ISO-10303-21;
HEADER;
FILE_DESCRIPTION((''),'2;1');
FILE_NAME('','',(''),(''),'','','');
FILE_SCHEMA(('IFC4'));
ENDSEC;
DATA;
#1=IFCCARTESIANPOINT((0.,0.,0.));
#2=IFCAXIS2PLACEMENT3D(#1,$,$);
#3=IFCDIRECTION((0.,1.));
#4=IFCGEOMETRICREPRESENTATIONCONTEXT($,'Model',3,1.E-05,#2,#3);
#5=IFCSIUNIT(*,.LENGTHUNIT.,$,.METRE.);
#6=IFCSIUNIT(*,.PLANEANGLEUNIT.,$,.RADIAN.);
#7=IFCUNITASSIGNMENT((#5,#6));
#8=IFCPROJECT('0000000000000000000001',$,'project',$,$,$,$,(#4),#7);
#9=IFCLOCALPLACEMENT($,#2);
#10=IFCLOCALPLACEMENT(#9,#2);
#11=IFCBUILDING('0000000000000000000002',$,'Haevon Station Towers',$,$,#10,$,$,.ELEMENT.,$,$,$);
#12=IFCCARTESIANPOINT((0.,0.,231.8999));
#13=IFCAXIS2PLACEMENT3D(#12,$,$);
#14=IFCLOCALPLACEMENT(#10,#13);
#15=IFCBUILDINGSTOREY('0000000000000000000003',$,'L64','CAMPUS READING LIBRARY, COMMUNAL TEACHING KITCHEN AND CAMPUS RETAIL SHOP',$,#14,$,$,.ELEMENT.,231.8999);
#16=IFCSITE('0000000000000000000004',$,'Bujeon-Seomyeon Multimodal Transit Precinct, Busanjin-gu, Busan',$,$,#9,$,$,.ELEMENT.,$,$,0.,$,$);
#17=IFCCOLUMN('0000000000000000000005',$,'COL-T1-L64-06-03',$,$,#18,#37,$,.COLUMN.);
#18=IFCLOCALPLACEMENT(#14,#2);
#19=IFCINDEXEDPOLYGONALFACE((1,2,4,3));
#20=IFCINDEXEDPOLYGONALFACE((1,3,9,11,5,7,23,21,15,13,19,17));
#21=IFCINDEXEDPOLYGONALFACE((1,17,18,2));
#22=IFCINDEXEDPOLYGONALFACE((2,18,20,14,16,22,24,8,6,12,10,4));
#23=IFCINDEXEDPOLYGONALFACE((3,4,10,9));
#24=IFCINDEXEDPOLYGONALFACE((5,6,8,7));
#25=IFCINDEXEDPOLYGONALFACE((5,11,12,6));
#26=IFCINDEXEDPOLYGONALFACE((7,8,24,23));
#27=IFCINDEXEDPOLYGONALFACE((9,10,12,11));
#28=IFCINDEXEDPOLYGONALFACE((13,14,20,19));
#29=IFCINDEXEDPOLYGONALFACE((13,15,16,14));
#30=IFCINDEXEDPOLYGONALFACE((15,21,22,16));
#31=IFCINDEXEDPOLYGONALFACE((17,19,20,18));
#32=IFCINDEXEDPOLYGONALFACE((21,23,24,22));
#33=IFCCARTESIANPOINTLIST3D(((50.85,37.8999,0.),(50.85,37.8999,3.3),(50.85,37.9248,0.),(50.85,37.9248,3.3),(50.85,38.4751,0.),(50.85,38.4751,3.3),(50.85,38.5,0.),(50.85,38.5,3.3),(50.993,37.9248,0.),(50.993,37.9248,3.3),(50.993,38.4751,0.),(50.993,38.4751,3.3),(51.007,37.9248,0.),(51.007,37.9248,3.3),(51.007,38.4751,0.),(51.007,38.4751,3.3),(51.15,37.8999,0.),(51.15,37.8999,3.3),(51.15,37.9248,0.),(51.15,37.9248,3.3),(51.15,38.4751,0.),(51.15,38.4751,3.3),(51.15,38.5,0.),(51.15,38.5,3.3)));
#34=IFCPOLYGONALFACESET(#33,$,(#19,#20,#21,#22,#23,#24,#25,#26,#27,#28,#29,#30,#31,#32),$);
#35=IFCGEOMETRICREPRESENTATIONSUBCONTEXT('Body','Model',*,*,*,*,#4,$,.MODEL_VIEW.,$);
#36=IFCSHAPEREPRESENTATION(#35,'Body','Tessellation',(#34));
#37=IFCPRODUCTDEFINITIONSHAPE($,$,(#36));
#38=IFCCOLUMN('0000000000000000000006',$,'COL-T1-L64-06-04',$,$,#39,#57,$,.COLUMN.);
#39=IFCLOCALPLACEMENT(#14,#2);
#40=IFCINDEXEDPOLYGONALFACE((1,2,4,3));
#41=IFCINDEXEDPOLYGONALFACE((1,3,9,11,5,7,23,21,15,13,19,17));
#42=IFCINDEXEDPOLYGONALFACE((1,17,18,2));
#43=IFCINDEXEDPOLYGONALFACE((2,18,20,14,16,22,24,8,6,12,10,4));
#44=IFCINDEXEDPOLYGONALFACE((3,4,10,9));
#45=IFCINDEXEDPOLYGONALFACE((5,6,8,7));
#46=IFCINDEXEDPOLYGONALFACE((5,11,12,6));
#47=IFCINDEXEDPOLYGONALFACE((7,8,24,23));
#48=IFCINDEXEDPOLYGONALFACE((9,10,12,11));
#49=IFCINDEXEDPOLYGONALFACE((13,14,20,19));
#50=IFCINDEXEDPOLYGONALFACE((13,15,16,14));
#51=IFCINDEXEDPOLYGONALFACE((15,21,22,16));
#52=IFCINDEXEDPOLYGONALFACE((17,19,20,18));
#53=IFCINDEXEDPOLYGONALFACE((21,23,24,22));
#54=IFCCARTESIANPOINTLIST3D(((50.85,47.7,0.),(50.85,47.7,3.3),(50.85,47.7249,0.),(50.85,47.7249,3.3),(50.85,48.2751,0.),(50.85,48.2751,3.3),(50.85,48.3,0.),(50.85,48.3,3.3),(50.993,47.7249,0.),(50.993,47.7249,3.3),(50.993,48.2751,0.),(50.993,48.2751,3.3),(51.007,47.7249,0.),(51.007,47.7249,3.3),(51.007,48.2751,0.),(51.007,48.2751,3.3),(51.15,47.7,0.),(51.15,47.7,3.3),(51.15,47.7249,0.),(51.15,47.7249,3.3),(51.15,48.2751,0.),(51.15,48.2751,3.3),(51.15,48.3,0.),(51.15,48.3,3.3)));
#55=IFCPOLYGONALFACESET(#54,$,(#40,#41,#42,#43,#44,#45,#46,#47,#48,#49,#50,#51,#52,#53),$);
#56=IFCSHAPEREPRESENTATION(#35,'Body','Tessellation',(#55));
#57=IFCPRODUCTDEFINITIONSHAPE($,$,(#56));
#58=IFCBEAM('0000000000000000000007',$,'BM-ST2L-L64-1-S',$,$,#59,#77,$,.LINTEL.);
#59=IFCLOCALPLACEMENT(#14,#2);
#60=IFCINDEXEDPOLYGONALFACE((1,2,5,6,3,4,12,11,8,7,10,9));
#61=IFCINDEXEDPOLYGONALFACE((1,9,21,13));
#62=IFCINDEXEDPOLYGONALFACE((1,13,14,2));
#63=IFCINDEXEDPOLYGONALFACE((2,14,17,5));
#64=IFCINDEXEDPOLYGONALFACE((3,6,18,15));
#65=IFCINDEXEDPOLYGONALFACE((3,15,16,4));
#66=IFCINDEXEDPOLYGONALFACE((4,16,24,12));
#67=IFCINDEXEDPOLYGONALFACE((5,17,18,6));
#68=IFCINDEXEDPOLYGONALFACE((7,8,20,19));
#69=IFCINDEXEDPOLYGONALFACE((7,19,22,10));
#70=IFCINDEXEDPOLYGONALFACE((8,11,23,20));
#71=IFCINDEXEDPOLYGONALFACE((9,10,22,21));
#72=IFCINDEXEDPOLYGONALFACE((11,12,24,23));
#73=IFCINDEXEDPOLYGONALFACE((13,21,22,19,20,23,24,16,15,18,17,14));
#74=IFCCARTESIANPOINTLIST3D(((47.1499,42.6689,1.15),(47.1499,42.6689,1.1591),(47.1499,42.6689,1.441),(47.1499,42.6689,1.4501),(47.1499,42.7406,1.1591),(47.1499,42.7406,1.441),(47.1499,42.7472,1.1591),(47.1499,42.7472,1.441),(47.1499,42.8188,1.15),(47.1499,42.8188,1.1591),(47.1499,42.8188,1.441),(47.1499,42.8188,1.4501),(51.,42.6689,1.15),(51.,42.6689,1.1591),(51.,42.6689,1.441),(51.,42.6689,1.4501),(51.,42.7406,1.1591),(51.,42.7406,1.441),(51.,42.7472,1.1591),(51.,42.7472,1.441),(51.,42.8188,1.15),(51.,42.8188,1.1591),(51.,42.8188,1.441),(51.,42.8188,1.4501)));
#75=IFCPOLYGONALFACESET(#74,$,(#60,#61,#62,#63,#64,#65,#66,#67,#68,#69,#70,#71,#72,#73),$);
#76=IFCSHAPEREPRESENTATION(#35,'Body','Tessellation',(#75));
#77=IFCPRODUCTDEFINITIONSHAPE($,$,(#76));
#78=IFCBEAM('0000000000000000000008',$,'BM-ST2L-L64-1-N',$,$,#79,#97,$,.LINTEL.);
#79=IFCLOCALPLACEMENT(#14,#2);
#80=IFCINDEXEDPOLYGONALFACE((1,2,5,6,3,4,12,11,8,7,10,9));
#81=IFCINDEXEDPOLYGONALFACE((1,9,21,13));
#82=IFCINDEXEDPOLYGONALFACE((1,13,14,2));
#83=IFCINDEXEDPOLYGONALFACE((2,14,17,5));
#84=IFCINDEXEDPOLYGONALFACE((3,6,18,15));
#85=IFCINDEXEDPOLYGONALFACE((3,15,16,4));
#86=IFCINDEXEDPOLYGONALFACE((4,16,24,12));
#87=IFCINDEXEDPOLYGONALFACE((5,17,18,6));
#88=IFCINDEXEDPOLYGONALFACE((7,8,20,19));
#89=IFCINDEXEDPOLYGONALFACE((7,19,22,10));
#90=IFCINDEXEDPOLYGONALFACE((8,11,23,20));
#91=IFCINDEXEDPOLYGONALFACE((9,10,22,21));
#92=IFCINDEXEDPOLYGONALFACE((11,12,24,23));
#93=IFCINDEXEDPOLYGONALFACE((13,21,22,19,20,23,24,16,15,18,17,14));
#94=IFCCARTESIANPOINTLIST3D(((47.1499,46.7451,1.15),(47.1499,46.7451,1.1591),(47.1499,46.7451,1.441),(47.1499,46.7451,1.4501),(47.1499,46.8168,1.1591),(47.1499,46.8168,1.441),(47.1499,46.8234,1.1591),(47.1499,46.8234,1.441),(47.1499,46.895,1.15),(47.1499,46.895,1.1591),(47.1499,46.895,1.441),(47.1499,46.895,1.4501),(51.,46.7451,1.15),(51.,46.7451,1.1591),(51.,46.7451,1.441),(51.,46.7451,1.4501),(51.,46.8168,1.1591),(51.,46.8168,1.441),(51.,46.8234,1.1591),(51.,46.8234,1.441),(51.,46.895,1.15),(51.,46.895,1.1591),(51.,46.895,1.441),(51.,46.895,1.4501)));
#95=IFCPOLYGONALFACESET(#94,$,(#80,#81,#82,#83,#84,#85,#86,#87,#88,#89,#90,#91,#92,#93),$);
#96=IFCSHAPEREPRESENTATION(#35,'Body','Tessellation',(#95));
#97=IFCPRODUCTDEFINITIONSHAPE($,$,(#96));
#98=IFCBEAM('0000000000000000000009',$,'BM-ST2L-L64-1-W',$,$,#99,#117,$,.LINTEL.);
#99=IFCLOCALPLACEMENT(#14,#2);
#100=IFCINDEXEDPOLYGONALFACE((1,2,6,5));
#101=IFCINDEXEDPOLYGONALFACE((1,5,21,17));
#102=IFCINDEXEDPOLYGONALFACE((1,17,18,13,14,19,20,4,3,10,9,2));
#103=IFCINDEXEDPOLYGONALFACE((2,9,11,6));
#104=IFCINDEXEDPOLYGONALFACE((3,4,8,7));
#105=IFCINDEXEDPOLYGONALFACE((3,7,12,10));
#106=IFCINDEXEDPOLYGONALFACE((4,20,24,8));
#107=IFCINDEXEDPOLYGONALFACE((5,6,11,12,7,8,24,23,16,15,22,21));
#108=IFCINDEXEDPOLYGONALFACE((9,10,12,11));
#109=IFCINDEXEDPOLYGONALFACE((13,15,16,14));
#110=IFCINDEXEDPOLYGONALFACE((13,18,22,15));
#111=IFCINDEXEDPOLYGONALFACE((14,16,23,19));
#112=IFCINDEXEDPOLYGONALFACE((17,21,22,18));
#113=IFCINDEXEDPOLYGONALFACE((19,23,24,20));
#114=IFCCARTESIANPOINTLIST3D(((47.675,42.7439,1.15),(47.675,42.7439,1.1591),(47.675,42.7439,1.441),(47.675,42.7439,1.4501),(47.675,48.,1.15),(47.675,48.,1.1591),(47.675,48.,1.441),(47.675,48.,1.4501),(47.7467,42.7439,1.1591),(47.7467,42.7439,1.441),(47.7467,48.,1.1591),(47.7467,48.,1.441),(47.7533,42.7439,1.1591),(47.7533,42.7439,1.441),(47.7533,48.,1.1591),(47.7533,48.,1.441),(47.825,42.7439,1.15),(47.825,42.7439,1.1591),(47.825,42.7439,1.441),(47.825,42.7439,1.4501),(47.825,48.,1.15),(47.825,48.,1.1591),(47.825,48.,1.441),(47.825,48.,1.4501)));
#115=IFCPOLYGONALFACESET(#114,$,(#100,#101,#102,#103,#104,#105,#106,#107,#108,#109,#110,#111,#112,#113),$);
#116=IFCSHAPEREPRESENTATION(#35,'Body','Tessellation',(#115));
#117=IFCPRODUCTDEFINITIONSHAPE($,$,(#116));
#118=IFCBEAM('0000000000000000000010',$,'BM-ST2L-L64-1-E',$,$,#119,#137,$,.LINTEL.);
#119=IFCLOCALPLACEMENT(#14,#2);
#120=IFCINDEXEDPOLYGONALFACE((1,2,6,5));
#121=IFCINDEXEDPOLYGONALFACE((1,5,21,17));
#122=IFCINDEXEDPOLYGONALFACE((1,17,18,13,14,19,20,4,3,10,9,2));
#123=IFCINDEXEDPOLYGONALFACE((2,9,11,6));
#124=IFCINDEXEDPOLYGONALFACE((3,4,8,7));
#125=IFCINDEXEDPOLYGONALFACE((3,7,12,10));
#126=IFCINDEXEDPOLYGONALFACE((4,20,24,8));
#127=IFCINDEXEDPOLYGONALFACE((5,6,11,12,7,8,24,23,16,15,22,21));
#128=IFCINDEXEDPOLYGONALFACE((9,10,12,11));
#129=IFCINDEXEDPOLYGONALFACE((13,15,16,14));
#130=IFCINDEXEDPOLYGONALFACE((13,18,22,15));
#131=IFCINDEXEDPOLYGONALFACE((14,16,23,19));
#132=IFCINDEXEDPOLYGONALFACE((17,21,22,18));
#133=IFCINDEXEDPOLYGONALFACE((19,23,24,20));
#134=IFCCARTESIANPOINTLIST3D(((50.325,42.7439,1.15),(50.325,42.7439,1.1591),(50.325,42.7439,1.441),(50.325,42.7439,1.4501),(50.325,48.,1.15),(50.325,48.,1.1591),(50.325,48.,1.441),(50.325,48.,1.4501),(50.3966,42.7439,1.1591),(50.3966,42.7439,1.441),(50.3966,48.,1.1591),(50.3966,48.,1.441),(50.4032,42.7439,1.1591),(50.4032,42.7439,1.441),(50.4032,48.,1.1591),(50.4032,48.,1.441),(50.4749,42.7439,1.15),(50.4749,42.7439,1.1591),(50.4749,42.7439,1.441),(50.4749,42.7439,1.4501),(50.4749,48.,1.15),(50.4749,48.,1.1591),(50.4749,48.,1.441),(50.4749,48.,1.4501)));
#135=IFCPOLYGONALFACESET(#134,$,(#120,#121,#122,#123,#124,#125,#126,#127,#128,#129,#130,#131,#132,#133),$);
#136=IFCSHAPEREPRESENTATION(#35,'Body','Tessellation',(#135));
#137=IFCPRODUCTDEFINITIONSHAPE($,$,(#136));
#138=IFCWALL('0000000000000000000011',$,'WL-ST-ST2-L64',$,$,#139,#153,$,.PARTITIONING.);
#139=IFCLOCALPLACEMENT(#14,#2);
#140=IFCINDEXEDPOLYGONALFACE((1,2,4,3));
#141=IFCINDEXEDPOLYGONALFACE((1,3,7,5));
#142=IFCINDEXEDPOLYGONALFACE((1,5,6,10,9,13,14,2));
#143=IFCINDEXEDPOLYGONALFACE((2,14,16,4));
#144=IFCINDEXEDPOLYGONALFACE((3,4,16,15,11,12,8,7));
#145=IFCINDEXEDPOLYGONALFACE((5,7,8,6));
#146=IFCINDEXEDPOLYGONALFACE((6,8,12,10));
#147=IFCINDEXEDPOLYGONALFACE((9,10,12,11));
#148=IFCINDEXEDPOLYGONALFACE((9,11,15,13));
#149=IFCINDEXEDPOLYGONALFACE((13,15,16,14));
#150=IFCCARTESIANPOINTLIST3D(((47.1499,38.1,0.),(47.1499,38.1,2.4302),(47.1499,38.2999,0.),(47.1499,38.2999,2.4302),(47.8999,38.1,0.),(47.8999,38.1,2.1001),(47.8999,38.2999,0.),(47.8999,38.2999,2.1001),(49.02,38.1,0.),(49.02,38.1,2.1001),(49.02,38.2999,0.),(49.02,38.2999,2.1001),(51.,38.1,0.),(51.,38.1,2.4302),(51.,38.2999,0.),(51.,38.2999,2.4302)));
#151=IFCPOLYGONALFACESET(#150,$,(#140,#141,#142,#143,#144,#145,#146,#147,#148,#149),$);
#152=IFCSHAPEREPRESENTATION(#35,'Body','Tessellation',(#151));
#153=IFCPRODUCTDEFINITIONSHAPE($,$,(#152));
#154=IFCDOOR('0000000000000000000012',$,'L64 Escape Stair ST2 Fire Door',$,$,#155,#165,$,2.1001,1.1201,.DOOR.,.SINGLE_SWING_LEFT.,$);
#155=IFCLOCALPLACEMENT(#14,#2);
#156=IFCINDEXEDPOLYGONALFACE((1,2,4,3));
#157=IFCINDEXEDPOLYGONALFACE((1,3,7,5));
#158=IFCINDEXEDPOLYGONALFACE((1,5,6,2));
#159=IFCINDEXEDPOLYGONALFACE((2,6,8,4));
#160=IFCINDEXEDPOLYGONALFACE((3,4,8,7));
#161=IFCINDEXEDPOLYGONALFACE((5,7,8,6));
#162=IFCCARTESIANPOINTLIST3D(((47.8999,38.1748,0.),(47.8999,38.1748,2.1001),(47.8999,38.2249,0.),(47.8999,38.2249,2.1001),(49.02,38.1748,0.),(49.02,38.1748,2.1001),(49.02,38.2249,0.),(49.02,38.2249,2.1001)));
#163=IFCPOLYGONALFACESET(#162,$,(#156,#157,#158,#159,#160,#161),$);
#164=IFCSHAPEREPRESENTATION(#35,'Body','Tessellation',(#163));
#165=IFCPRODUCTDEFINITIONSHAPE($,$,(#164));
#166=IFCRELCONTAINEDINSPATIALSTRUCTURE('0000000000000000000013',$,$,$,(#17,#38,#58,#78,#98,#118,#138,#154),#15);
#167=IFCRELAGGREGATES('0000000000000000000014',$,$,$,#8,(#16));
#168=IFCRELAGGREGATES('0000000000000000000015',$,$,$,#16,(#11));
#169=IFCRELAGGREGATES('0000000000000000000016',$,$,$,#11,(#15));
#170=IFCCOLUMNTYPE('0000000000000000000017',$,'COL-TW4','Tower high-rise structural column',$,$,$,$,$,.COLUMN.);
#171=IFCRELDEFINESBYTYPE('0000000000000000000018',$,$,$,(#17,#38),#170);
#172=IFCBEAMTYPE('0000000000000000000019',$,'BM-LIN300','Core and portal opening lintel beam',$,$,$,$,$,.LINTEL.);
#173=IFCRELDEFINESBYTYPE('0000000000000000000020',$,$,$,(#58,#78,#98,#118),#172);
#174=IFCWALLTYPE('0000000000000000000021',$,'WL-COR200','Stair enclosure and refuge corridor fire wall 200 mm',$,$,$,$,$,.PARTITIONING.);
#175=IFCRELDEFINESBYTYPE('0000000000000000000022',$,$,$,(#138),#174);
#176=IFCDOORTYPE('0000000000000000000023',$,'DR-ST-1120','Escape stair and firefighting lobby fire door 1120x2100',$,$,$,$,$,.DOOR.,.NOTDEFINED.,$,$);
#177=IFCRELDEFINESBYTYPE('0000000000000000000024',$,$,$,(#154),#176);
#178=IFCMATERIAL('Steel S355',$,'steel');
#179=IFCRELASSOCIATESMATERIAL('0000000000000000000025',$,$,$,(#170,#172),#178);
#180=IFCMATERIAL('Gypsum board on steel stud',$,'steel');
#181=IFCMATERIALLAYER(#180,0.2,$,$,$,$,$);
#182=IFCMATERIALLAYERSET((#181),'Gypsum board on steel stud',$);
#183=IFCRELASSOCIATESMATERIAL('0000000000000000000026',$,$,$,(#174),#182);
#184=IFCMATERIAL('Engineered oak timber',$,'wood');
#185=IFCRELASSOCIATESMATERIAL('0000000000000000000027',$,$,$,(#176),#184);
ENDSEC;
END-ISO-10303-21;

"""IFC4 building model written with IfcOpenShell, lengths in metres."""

from ifc_helpers import new_model, si_unit, direction, frame, frame_2d, origin, origin_2d, place, context, subcontext, project, spatial, rectangle, i_section, extrude, material, layer, layer_set, material_profile, profile_set, type_object, element, fill, save


model = new_model("IFC4")

# Units and contexts
model_context = context("Model", 3, precision=1e-05, world=origin(), true_north=direction((0.0, 1.0)))
body_context = subcontext(model_context, "Body", "Model", "MODEL_VIEW")
ifc_project = project(units=[si_unit("LENGTHUNIT", "METRE"), si_unit("PLANEANGLEUNIT", "RADIAN")], contexts=[model_context])

# Site, building, storey
site_placement = place(None, origin())
site = spatial("IfcSite", under=ifc_project, at=site_placement, Name="Bujeon-Seomyeon Multimodal Transit Precinct, Busanjin-gu, Busan", CompositionType="ELEMENT", RefElevation=0.0)
building_placement = place(site_placement, origin())
building = spatial("IfcBuilding", under=site, at=building_placement, Name="Haevon Station Towers", CompositionType="ELEMENT")
storey_placement = place(building_placement, frame((0.0, 0.0, 231.8999)))
storey = spatial("IfcBuildingStorey", under=building, at=storey_placement, Name="L64", Description="CAMPUS READING LIBRARY, COMMUNAL TEACHING KITCHEN AND CAMPUS RETAIL SHOP", CompositionType="ELEMENT", Elevation=231.8999)

# Columns
ifc_material_1 = material(Name="Steel S355", Category="steel")
ifc_material_profile_1 = material_profile(ifc_material_1, i_section(OverallWidth=0.3, OverallDepth=0.6001, WebThickness=0.0139, FlangeThickness=0.0249, at=origin_2d()), Name="H-600x300x14x25")
ifc_profile_set_1 = profile_set([ifc_material_profile_1], Name="Steel S355")
column_type = type_object("IfcColumnType", Name="COL-TW4", Description="Tower high-rise structural column", PredefinedType="COLUMN", material=ifc_profile_set_1)
for number, where, z_axis, x_axis, name in (
    (1, (51.0, 38.2, 0.0), (0.0, 0.0, 1.0), (1.0, 0.0, 0.0), "COL-T1-L64-06-03"),
    (2, (51.0, 48.0, 0.0), (0.0, 0.0, 1.0), (1.0, 0.0, 0.0), "COL-T1-L64-06-04"),
):
    element("IfcColumn", number, at=place(storey_placement, frame(where, z_axis=z_axis, x_axis=x_axis)), inside=storey, type_object=column_type, Name=name, PredefinedType="COLUMN", context=body_context, shape_type="SweptSolid", body=[
        extrude(i_section(OverallWidth=0.3, OverallDepth=0.6001, WebThickness=0.0139, FlangeThickness=0.0249, at=origin_2d()), origin(), (0.0, 0.0, 1.0), 3.3),
    ])

# Beams
ifc_material_profile_2 = material_profile(ifc_material_1, i_section(OverallWidth=0.1499, OverallDepth=0.3, WebThickness=0.0066, FlangeThickness=0.009, at=origin_2d()), Name="H-300x150x6.5x9")
ifc_profile_set_2 = profile_set([ifc_material_profile_2], Name="Steel S355")
beam_type = type_object("IfcBeamType", Name="BM-LIN300", Description="Core and portal opening lintel beam", PredefinedType="LINTEL", material=ifc_profile_set_2)
for number, where, z_axis, x_axis, name in (
    (3, (47.1499, 42.7439, 1.3), (1.0, 0.0, 0.0), (0.0, 1.0, 0.0), "BM-ST2L-L64-1-S"),
    (4, (47.1499, 46.8201, 1.3), (1.0, 0.0, 0.0), (0.0, 1.0, 0.0), "BM-ST2L-L64-1-N"),
):
    element("IfcBeam", number, at=place(storey_placement, frame(where, z_axis=z_axis, x_axis=x_axis)), inside=storey, type_object=beam_type, Name=name, PredefinedType="LINTEL", context=body_context, shape_type="SweptSolid", body=[
        extrude(i_section(OverallWidth=0.1499, OverallDepth=0.3, WebThickness=0.0066, FlangeThickness=0.009, at=origin_2d()), origin(), (0.0, 0.0, 1.0), 3.8501),
    ])
for number, where, z_axis, x_axis, name in (
    (5, (47.75, 42.7439, 1.3), (0.0, 1.0, 0.0), (-1.0, 0.0, 0.0), "BM-ST2L-L64-1-W"),
    (6, (50.3999, 42.7439, 1.3), (0.0, 1.0, 0.0), (-1.0, 0.0, 0.0), "BM-ST2L-L64-1-E"),
):
    element("IfcBeam", number, at=place(storey_placement, frame(where, z_axis=z_axis, x_axis=x_axis)), inside=storey, type_object=beam_type, Name=name, PredefinedType="LINTEL", context=body_context, shape_type="SweptSolid", body=[
        extrude(i_section(OverallWidth=0.1499, OverallDepth=0.3, WebThickness=0.0066, FlangeThickness=0.009, at=origin_2d()), origin(), (0.0, 0.0, 1.0), 5.2561),
    ])

# Wall, opening, door
ifc_material_2 = material(Name="Gypsum board on steel stud", Category="steel")
ifc_layer = layer(ifc_material_2, 0.2)
ifc_layer_set = layer_set([ifc_layer], Name="Gypsum board on steel stud")
wall_type = type_object("IfcWallType", Name="WL-COR200", Description="Stair enclosure and refuge corridor fire wall 200 mm", PredefinedType="PARTITIONING", material=ifc_layer_set)
wall_placement = place(storey_placement, frame((47.1499, 38.2, 0.0), z_axis=(0.0, 0.0, 1.0), x_axis=(1.0, 0.0, 0.0)))
wall = element("IfcWall", 7, at=wall_placement, inside=storey, type_object=wall_type, Name="WL-ST-ST2-L64", PredefinedType="PARTITIONING", context=body_context, shape_type="SweptSolid", body=[
    extrude(rectangle(XDim=3.8501, YDim=0.2, at=frame_2d((1.925, 0.0))), origin(), (0.0, 0.0, 1.0), 2.4302),
])
opening_placement = place(wall_placement, frame((0.75, 0.0, 0.0)))
opening = element("IfcOpeningElement", 8, at=opening_placement, cuts=wall, PredefinedType="OPENING", context=body_context, shape_type="SweptSolid", body=[
    extrude(rectangle(XDim=1.1201, YDim=2.1001, at=frame_2d((0.5601, 1.05))), frame((0.0, 0.1099, 0.0), z_axis=(0.0, -1.0, 0.0), x_axis=(1.0, 0.0, 0.0)), (0.0, 0.0, 1.0), 0.22),
])
ifc_material_3 = material(Name="Engineered oak timber", Category="wood")
door_type = type_object("IfcDoorType", Name="DR-ST-1120", Description="Escape stair and firefighting lobby fire door 1120x2100", OperationType="NOTDEFINED", PredefinedType="DOOR", material=ifc_material_3)
door_placement = place(opening_placement, origin())
door = element("IfcDoor", 9, at=door_placement, inside=storey, type_object=door_type, Name="L64 Escape Stair ST2 Fire Door", OperationType="SINGLE_SWING_LEFT", OverallHeight=2.1001, OverallWidth=1.1201, PredefinedType="DOOR", context=body_context, shape_type="SweptSolid", body=[
    extrude(rectangle(XDim=1.1201, YDim=2.1001, at=frame_2d((0.5601, 1.05))), frame((0.0, 0.0249, 0.0), z_axis=(0.0, -1.0, 0.0), x_axis=(1.0, 0.0, 0.0)), (0.0, 0.0, 1.0), 0.05),
])
fill(opening, door)

save(model, "model.ifc")
